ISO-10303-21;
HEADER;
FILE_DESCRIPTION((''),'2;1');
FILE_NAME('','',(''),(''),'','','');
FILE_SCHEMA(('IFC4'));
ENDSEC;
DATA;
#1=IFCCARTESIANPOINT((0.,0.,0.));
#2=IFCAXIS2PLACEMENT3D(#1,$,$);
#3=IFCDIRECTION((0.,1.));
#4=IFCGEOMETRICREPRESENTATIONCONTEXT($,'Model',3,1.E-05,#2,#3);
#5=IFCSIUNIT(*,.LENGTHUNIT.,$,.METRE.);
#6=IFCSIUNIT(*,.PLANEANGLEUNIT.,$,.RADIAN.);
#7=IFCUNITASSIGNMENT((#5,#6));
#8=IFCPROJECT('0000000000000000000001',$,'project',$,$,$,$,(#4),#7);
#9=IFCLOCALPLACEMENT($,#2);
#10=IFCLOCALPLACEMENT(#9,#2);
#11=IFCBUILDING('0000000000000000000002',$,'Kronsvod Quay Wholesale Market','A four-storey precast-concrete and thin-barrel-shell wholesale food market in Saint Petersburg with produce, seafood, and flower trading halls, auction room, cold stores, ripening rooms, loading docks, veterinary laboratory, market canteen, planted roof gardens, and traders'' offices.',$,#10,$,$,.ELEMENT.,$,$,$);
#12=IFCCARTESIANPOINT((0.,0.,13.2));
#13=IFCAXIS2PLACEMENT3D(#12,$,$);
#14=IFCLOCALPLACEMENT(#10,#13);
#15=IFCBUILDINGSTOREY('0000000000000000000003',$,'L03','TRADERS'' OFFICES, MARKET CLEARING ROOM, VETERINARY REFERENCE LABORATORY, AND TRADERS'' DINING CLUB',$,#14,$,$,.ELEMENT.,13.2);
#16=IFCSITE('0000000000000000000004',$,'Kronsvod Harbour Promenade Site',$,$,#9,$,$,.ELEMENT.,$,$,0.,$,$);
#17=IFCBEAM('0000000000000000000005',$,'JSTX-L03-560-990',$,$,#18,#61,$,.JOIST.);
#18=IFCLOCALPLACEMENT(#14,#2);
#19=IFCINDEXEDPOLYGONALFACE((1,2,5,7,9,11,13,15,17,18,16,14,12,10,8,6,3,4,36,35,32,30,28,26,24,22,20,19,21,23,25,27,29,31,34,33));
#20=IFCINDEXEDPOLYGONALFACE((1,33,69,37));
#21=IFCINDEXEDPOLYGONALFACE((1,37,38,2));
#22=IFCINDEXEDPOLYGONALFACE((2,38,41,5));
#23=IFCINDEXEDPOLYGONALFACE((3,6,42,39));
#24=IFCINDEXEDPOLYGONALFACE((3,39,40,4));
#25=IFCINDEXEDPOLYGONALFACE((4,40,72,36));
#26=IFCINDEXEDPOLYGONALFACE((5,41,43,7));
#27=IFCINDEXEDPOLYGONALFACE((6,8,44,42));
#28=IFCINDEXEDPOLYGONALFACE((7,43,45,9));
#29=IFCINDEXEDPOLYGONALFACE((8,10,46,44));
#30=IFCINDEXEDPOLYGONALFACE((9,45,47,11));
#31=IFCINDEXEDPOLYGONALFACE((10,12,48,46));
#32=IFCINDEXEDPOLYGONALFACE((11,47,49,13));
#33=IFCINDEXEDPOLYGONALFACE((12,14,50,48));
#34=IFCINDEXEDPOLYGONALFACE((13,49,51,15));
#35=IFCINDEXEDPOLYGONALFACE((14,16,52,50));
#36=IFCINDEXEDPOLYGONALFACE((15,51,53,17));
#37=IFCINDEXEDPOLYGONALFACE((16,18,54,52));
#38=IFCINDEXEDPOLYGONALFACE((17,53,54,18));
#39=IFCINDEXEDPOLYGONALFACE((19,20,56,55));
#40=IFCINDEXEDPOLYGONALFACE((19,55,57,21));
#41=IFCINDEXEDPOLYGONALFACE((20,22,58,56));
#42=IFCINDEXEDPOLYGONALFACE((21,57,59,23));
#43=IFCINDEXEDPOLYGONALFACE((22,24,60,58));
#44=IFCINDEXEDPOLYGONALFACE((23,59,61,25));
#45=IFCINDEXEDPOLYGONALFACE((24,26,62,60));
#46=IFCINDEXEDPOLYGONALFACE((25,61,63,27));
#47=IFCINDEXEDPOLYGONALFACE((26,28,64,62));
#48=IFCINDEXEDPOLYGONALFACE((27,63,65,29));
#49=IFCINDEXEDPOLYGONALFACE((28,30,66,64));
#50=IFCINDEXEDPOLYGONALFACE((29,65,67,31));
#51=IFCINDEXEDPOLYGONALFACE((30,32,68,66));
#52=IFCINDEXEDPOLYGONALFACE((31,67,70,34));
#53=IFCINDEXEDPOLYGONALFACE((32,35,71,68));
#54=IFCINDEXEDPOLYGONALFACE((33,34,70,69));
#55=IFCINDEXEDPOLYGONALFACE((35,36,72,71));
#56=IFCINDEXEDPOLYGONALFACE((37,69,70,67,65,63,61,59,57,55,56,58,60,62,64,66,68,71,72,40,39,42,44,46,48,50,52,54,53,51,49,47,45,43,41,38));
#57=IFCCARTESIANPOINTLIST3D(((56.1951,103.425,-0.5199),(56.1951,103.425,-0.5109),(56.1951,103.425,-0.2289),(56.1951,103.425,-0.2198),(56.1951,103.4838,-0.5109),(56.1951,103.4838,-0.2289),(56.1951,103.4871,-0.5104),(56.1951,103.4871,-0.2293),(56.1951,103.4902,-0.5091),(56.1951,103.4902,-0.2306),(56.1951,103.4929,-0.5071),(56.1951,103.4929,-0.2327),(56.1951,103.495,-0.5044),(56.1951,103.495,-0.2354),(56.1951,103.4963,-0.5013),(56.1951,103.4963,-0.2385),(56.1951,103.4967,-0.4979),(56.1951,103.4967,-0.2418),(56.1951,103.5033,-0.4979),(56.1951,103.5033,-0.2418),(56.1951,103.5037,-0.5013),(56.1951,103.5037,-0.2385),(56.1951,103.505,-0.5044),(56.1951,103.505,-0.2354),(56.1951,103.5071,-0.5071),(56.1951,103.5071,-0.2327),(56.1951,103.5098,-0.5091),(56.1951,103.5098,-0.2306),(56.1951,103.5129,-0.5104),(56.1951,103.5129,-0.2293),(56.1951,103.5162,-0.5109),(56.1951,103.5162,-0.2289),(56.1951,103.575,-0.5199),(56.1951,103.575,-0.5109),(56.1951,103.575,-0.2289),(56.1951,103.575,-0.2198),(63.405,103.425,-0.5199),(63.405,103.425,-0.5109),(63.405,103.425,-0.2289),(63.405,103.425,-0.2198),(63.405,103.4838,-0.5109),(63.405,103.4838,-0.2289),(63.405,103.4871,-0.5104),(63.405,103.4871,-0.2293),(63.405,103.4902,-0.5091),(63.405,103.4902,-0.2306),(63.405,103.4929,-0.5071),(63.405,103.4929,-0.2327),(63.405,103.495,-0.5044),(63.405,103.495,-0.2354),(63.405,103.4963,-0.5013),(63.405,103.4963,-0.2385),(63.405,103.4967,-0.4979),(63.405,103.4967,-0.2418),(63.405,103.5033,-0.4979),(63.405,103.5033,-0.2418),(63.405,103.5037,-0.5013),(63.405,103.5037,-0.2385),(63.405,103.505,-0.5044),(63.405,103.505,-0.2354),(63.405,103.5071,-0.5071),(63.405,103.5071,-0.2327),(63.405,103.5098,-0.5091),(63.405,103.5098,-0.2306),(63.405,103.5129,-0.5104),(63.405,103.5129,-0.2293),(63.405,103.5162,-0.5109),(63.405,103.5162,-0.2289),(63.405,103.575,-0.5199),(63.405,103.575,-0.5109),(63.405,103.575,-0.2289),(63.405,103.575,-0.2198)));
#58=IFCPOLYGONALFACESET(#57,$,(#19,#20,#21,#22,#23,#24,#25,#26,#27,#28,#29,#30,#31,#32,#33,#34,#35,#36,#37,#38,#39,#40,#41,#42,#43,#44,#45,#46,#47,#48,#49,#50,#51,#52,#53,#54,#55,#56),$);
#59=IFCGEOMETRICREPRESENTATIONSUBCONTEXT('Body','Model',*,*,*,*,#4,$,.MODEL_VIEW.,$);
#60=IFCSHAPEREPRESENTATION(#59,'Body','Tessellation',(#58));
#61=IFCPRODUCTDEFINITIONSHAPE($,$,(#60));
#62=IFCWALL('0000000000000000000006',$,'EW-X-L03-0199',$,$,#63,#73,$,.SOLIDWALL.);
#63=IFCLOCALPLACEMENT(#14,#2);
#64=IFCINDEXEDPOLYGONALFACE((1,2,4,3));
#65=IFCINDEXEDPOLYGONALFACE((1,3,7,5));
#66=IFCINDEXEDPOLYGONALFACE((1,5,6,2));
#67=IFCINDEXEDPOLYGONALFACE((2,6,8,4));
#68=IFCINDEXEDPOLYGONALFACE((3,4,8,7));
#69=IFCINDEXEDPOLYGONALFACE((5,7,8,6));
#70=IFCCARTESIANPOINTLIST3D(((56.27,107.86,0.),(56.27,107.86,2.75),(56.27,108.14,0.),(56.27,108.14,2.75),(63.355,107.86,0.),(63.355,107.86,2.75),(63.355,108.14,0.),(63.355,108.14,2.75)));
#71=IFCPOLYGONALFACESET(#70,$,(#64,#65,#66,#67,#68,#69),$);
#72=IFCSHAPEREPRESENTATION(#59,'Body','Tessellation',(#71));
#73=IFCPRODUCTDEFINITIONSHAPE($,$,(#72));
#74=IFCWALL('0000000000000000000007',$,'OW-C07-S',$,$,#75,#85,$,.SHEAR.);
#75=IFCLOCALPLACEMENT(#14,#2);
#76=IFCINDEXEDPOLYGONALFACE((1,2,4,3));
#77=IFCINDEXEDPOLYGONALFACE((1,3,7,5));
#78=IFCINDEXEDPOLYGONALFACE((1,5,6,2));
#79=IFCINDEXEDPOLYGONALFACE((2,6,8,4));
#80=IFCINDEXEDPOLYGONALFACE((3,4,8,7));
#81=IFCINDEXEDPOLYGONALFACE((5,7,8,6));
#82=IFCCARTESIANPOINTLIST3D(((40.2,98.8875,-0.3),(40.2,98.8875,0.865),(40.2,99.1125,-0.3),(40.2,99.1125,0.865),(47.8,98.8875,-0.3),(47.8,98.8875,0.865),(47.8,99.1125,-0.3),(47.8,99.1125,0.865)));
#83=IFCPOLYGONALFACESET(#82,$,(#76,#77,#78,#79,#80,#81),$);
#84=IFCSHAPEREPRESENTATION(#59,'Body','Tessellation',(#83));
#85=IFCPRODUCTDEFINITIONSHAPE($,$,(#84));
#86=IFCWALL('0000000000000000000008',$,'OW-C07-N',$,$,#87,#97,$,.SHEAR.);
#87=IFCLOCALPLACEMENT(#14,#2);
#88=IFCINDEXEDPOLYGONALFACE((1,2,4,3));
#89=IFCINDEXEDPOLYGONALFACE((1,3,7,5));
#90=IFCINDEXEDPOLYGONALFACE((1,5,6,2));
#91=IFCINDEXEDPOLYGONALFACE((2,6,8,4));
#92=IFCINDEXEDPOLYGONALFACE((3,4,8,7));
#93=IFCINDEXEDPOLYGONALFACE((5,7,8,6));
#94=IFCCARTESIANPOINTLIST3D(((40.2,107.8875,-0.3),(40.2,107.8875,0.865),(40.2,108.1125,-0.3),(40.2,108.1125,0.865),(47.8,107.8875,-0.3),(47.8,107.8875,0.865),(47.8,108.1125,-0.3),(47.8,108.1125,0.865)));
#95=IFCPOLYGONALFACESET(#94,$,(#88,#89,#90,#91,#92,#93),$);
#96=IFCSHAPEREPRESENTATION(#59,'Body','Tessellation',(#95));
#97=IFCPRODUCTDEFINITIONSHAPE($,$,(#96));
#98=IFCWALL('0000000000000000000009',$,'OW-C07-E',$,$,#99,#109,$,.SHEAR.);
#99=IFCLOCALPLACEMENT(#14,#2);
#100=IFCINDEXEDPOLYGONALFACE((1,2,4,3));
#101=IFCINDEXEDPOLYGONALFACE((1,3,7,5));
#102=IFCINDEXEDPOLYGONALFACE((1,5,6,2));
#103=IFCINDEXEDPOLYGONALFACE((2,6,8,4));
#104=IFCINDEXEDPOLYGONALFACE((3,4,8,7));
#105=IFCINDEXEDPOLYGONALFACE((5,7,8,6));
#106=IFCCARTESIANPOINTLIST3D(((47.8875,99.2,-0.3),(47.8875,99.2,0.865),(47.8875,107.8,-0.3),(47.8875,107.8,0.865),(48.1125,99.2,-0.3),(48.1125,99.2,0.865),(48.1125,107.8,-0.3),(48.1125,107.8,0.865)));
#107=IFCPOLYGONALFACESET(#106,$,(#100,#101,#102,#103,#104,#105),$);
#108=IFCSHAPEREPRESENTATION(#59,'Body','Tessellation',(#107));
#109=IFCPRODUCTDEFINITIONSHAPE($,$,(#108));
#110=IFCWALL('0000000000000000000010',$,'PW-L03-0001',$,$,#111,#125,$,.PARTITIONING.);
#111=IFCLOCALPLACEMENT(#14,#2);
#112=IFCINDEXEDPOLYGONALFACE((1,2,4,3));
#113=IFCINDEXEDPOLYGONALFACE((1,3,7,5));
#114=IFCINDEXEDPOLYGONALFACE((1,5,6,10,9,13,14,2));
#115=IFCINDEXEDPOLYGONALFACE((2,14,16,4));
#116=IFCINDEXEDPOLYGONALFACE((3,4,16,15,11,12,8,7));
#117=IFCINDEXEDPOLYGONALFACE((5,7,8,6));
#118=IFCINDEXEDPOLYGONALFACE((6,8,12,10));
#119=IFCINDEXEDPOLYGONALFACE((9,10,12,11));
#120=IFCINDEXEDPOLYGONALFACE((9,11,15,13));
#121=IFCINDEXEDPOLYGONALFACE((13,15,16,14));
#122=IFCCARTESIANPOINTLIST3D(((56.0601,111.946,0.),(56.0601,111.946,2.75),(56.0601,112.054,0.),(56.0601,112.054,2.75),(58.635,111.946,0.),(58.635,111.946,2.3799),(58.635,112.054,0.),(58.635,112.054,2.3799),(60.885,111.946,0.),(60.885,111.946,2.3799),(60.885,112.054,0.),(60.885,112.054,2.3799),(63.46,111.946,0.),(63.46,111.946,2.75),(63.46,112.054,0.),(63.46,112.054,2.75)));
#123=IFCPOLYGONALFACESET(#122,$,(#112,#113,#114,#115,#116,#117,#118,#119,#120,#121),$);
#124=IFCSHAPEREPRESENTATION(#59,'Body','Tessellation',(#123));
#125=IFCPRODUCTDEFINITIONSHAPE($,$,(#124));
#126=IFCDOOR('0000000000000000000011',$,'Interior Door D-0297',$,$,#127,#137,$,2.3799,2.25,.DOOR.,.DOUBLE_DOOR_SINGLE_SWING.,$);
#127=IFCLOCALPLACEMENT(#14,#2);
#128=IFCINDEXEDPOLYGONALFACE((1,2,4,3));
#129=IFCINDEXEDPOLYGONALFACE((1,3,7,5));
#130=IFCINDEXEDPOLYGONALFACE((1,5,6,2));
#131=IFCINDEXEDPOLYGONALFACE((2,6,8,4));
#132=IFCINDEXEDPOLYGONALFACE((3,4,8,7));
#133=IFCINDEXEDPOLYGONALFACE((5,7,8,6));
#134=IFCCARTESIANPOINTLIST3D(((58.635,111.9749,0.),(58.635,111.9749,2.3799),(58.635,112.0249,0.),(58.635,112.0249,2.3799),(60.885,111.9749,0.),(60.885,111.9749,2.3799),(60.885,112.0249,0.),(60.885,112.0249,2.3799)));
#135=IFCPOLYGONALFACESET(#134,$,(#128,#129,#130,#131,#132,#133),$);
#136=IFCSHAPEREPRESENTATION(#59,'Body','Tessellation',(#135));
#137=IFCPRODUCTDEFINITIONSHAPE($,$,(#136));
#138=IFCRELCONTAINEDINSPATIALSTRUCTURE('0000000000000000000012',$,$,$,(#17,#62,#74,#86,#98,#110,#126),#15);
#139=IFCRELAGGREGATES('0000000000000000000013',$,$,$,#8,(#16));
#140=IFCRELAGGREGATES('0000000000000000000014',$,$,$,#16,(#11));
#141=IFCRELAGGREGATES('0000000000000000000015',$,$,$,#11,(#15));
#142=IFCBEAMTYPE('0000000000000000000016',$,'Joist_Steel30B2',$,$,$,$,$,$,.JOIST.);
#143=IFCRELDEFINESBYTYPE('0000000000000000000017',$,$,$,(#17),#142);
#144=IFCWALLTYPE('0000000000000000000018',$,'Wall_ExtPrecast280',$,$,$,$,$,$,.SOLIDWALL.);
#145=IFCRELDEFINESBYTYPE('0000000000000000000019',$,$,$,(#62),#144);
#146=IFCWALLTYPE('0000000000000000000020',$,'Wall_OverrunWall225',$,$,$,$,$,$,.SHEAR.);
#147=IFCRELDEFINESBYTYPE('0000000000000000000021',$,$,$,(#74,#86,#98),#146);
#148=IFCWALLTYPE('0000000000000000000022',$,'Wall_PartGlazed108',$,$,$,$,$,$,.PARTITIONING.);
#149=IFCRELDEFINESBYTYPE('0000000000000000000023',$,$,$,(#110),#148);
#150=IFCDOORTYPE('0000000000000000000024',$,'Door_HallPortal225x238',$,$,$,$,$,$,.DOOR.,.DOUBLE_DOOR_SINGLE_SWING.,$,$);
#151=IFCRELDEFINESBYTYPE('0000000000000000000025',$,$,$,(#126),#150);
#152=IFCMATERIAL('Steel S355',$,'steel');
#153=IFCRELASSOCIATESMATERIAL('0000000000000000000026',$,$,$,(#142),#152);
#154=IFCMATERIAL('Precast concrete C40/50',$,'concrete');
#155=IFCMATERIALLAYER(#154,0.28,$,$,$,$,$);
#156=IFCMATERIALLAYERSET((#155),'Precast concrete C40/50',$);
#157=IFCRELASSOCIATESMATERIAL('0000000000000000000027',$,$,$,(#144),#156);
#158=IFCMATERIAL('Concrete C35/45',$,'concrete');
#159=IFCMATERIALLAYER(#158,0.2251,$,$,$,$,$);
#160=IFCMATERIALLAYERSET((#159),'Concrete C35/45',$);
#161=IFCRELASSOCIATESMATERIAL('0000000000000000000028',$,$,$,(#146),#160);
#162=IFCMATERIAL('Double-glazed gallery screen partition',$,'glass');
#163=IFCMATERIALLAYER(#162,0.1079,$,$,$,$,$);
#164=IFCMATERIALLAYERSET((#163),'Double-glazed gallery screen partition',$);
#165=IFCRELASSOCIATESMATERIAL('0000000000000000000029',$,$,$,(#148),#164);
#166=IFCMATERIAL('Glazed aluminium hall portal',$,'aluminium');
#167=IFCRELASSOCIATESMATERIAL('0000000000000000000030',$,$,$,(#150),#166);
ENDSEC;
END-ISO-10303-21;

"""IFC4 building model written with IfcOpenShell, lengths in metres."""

from ifc_helpers import new_model, si_unit, direction, frame, frame_2d, origin, origin_2d, place, context, subcontext, project, spatial, rectangle, i_section, extrude, material, layer, layer_set, material_profile, profile_set, type_object, element, fill, save


model = new_model("IFC4")

# Units and contexts
model_context = context("Model", 3, precision=1e-05, world=origin(), true_north=direction((0.0, 1.0)))
body_context = subcontext(model_context, "Body", "Model", "MODEL_VIEW")
ifc_project = project(units=[si_unit("LENGTHUNIT", "METRE"), si_unit("PLANEANGLEUNIT", "RADIAN")], contexts=[model_context])

# Site, building, storey
site_placement = place(None, origin())
site = spatial("IfcSite", under=ifc_project, at=site_placement, Name="Kronsvod Harbour Promenade Site", CompositionType="ELEMENT", RefElevation=0.0)
building_placement = place(site_placement, origin())
building = spatial("IfcBuilding", under=site, at=building_placement, Name="Kronsvod Quay Wholesale Market", Description="A four-storey precast-concrete and thin-barrel-shell wholesale food market in Saint Petersburg with produce, seafood, and flower trading halls, auction room, cold stores, ripening rooms, loading docks, veterinary laboratory, market canteen, planted roof gardens, and traders' offices.", CompositionType="ELEMENT")
storey_placement = place(building_placement, frame((0.0, 0.0, 13.2)))
storey = spatial("IfcBuildingStorey", under=building, at=storey_placement, Name="L03", Description="TRADERS' OFFICES, MARKET CLEARING ROOM, VETERINARY REFERENCE LABORATORY, AND TRADERS' DINING CLUB", CompositionType="ELEMENT", Elevation=13.2)

# Beam
ifc_material_1 = material(Name="Steel S355", Category="steel")
ifc_material_profile_1 = material_profile(ifc_material_1, i_section(OverallWidth=0.1499, OverallDepth=0.3, WebThickness=0.0066, FlangeThickness=0.009, FilletRadius=0.0129, at=origin_2d()), Name="30B2")
ifc_profile_set_1 = profile_set([ifc_material_profile_1], Name="Steel S355")
beam_type_1 = type_object("IfcBeamType", Name="Joist_Steel30B2", PredefinedType="JOIST", material=ifc_profile_set_1)
beam_1_placement = place(storey_placement, frame((56.1951, 103.5, -0.3699), z_axis=(1.0, 0.0, 0.0), x_axis=(0.0, 1.0, 0.0)))
element("IfcBeam", 1, at=beam_1_placement, inside=storey, type_object=beam_type_1, Name="JSTX-L03-560-990", PredefinedType="JOIST", context=body_context, shape_type="SweptSolid", body=[
    extrude(i_section(OverallWidth=0.1499, OverallDepth=0.3, WebThickness=0.0066, FlangeThickness=0.009, FilletRadius=0.0129, at=origin_2d()), origin(), (0.0, 0.0, 1.0), 7.21),
])

# Walls
ifc_material_2 = material(Name="Precast concrete C40/50", Category="concrete")
ifc_layer_1 = layer(ifc_material_2, 0.28)
ifc_layer_set_1 = layer_set([ifc_layer_1], Name="Precast concrete C40/50")
wall_type_1 = type_object("IfcWallType", Name="Wall_ExtPrecast280", PredefinedType="SOLIDWALL", material=ifc_layer_set_1)
wall_1_placement = place(storey_placement, frame((56.27, 108.0, 0.0), z_axis=(0.0, 0.0, 1.0), x_axis=(1.0, 0.0, 0.0)))
element("IfcWall", 2, at=wall_1_placement, inside=storey, type_object=wall_type_1, Name="EW-X-L03-0199", PredefinedType="SOLIDWALL", context=body_context, shape_type="SweptSolid", body=[
    extrude(rectangle(XDim=7.085, YDim=0.28, at=frame_2d((3.5425, 0.0))), origin(), (0.0, 0.0, 1.0), 2.75),
])
ifc_material_3 = material(Name="Concrete C35/45", Category="concrete")
ifc_layer_2 = layer(ifc_material_3, 0.2251)
ifc_layer_set_2 = layer_set([ifc_layer_2], Name="Concrete C35/45")
wall_type_2 = type_object("IfcWallType", Name="Wall_OverrunWall225", PredefinedType="SHEAR", material=ifc_layer_set_2)
for number, where, z_axis, x_axis, name in (
    (3, (40.2, 99.0, -0.3), (0.0, 0.0, 1.0), (1.0, 0.0, 0.0), "OW-C07-S"),
    (4, (40.2, 108.0, -0.3), (0.0, 0.0, 1.0), (1.0, 0.0, 0.0), "OW-C07-N"),
):
    element("IfcWall", number, at=place(storey_placement, frame(where, z_axis=z_axis, x_axis=x_axis)), inside=storey, type_object=wall_type_2, Name=name, PredefinedType="SHEAR", context=body_context, shape_type="SweptSolid", body=[
        extrude(rectangle(XDim=7.6001, YDim=0.2251, at=frame_2d((3.8, 0.0))), origin(), (0.0, 0.0, 1.0), 1.165),
    ])
wall_2_placement = place(storey_placement, frame((48.0, 99.2, -0.3), z_axis=(0.0, 0.0, 1.0), x_axis=(0.0, 1.0, 0.0)))
element("IfcWall", 5, at=wall_2_placement, inside=storey, type_object=wall_type_2, Name="OW-C07-E", PredefinedType="SHEAR", context=body_context, shape_type="SweptSolid", body=[
    extrude(rectangle(XDim=8.6001, YDim=0.2251, at=frame_2d((4.3, 0.0))), origin(), (0.0, 0.0, 1.0), 1.165),
])

# Wall, opening, door
ifc_material_4 = material(Name="Double-glazed gallery screen partition", Category="glass")
ifc_layer_3 = layer(ifc_material_4, 0.1079)
ifc_layer_set_3 = layer_set([ifc_layer_3], Name="Double-glazed gallery screen partition")
wall_type_3 = type_object("IfcWallType", Name="Wall_PartGlazed108", PredefinedType="PARTITIONING", material=ifc_layer_set_3)
wall_3_placement = place(storey_placement, frame((56.0601, 112.0, 0.0), z_axis=(0.0, 0.0, 1.0), x_axis=(1.0, 0.0, 0.0)))
wall_3 = element("IfcWall", 6, at=wall_3_placement, inside=storey, type_object=wall_type_3, Name="PW-L03-0001", PredefinedType="PARTITIONING", context=body_context, shape_type="SweptSolid", body=[
    extrude(rectangle(XDim=7.3999, YDim=0.1079, at=frame_2d((3.7, 0.0))), origin(), (0.0, 0.0, 1.0), 2.75),
])
opening_placement = place(wall_3_placement, frame((2.575, 0.0, 0.0)))
opening = element("IfcOpeningElement", 7, at=opening_placement, cuts=wall_3, PredefinedType="OPENING", context=body_context, shape_type="SweptSolid", body=[
    extrude(rectangle(XDim=2.25, YDim=2.3799, at=frame_2d((1.125, 1.1899))), frame((0.0, 0.064, 0.0), z_axis=(0.0, -1.0, 0.0), x_axis=(1.0, 0.0, 0.0)), (0.0, 0.0, 1.0), 0.1279),
])
ifc_material_5 = material(Name="Glazed aluminium hall portal", Category="aluminium")
door_type = type_object("IfcDoorType", Name="Door_HallPortal225x238", OperationType="DOUBLE_DOOR_SINGLE_SWING", PredefinedType="DOOR", material=ifc_material_5)
door_placement = place(opening_placement, origin())
door = element("IfcDoor", 8, at=door_placement, inside=storey, type_object=door_type, Name="Interior Door D-0297", OperationType="DOUBLE_DOOR_SINGLE_SWING", OverallHeight=2.3799, OverallWidth=2.25, PredefinedType="DOOR", context=body_context, shape_type="SweptSolid", body=[
    extrude(rectangle(XDim=2.25, YDim=2.3799, at=frame_2d((1.125, 1.1899))), frame((0.0, 0.0249, 0.0), z_axis=(0.0, -1.0, 0.0), x_axis=(1.0, 0.0, 0.0)), (0.0, 0.0, 1.0), 0.05),
])
fill(opening, door)

save(model, "model.ifc")
